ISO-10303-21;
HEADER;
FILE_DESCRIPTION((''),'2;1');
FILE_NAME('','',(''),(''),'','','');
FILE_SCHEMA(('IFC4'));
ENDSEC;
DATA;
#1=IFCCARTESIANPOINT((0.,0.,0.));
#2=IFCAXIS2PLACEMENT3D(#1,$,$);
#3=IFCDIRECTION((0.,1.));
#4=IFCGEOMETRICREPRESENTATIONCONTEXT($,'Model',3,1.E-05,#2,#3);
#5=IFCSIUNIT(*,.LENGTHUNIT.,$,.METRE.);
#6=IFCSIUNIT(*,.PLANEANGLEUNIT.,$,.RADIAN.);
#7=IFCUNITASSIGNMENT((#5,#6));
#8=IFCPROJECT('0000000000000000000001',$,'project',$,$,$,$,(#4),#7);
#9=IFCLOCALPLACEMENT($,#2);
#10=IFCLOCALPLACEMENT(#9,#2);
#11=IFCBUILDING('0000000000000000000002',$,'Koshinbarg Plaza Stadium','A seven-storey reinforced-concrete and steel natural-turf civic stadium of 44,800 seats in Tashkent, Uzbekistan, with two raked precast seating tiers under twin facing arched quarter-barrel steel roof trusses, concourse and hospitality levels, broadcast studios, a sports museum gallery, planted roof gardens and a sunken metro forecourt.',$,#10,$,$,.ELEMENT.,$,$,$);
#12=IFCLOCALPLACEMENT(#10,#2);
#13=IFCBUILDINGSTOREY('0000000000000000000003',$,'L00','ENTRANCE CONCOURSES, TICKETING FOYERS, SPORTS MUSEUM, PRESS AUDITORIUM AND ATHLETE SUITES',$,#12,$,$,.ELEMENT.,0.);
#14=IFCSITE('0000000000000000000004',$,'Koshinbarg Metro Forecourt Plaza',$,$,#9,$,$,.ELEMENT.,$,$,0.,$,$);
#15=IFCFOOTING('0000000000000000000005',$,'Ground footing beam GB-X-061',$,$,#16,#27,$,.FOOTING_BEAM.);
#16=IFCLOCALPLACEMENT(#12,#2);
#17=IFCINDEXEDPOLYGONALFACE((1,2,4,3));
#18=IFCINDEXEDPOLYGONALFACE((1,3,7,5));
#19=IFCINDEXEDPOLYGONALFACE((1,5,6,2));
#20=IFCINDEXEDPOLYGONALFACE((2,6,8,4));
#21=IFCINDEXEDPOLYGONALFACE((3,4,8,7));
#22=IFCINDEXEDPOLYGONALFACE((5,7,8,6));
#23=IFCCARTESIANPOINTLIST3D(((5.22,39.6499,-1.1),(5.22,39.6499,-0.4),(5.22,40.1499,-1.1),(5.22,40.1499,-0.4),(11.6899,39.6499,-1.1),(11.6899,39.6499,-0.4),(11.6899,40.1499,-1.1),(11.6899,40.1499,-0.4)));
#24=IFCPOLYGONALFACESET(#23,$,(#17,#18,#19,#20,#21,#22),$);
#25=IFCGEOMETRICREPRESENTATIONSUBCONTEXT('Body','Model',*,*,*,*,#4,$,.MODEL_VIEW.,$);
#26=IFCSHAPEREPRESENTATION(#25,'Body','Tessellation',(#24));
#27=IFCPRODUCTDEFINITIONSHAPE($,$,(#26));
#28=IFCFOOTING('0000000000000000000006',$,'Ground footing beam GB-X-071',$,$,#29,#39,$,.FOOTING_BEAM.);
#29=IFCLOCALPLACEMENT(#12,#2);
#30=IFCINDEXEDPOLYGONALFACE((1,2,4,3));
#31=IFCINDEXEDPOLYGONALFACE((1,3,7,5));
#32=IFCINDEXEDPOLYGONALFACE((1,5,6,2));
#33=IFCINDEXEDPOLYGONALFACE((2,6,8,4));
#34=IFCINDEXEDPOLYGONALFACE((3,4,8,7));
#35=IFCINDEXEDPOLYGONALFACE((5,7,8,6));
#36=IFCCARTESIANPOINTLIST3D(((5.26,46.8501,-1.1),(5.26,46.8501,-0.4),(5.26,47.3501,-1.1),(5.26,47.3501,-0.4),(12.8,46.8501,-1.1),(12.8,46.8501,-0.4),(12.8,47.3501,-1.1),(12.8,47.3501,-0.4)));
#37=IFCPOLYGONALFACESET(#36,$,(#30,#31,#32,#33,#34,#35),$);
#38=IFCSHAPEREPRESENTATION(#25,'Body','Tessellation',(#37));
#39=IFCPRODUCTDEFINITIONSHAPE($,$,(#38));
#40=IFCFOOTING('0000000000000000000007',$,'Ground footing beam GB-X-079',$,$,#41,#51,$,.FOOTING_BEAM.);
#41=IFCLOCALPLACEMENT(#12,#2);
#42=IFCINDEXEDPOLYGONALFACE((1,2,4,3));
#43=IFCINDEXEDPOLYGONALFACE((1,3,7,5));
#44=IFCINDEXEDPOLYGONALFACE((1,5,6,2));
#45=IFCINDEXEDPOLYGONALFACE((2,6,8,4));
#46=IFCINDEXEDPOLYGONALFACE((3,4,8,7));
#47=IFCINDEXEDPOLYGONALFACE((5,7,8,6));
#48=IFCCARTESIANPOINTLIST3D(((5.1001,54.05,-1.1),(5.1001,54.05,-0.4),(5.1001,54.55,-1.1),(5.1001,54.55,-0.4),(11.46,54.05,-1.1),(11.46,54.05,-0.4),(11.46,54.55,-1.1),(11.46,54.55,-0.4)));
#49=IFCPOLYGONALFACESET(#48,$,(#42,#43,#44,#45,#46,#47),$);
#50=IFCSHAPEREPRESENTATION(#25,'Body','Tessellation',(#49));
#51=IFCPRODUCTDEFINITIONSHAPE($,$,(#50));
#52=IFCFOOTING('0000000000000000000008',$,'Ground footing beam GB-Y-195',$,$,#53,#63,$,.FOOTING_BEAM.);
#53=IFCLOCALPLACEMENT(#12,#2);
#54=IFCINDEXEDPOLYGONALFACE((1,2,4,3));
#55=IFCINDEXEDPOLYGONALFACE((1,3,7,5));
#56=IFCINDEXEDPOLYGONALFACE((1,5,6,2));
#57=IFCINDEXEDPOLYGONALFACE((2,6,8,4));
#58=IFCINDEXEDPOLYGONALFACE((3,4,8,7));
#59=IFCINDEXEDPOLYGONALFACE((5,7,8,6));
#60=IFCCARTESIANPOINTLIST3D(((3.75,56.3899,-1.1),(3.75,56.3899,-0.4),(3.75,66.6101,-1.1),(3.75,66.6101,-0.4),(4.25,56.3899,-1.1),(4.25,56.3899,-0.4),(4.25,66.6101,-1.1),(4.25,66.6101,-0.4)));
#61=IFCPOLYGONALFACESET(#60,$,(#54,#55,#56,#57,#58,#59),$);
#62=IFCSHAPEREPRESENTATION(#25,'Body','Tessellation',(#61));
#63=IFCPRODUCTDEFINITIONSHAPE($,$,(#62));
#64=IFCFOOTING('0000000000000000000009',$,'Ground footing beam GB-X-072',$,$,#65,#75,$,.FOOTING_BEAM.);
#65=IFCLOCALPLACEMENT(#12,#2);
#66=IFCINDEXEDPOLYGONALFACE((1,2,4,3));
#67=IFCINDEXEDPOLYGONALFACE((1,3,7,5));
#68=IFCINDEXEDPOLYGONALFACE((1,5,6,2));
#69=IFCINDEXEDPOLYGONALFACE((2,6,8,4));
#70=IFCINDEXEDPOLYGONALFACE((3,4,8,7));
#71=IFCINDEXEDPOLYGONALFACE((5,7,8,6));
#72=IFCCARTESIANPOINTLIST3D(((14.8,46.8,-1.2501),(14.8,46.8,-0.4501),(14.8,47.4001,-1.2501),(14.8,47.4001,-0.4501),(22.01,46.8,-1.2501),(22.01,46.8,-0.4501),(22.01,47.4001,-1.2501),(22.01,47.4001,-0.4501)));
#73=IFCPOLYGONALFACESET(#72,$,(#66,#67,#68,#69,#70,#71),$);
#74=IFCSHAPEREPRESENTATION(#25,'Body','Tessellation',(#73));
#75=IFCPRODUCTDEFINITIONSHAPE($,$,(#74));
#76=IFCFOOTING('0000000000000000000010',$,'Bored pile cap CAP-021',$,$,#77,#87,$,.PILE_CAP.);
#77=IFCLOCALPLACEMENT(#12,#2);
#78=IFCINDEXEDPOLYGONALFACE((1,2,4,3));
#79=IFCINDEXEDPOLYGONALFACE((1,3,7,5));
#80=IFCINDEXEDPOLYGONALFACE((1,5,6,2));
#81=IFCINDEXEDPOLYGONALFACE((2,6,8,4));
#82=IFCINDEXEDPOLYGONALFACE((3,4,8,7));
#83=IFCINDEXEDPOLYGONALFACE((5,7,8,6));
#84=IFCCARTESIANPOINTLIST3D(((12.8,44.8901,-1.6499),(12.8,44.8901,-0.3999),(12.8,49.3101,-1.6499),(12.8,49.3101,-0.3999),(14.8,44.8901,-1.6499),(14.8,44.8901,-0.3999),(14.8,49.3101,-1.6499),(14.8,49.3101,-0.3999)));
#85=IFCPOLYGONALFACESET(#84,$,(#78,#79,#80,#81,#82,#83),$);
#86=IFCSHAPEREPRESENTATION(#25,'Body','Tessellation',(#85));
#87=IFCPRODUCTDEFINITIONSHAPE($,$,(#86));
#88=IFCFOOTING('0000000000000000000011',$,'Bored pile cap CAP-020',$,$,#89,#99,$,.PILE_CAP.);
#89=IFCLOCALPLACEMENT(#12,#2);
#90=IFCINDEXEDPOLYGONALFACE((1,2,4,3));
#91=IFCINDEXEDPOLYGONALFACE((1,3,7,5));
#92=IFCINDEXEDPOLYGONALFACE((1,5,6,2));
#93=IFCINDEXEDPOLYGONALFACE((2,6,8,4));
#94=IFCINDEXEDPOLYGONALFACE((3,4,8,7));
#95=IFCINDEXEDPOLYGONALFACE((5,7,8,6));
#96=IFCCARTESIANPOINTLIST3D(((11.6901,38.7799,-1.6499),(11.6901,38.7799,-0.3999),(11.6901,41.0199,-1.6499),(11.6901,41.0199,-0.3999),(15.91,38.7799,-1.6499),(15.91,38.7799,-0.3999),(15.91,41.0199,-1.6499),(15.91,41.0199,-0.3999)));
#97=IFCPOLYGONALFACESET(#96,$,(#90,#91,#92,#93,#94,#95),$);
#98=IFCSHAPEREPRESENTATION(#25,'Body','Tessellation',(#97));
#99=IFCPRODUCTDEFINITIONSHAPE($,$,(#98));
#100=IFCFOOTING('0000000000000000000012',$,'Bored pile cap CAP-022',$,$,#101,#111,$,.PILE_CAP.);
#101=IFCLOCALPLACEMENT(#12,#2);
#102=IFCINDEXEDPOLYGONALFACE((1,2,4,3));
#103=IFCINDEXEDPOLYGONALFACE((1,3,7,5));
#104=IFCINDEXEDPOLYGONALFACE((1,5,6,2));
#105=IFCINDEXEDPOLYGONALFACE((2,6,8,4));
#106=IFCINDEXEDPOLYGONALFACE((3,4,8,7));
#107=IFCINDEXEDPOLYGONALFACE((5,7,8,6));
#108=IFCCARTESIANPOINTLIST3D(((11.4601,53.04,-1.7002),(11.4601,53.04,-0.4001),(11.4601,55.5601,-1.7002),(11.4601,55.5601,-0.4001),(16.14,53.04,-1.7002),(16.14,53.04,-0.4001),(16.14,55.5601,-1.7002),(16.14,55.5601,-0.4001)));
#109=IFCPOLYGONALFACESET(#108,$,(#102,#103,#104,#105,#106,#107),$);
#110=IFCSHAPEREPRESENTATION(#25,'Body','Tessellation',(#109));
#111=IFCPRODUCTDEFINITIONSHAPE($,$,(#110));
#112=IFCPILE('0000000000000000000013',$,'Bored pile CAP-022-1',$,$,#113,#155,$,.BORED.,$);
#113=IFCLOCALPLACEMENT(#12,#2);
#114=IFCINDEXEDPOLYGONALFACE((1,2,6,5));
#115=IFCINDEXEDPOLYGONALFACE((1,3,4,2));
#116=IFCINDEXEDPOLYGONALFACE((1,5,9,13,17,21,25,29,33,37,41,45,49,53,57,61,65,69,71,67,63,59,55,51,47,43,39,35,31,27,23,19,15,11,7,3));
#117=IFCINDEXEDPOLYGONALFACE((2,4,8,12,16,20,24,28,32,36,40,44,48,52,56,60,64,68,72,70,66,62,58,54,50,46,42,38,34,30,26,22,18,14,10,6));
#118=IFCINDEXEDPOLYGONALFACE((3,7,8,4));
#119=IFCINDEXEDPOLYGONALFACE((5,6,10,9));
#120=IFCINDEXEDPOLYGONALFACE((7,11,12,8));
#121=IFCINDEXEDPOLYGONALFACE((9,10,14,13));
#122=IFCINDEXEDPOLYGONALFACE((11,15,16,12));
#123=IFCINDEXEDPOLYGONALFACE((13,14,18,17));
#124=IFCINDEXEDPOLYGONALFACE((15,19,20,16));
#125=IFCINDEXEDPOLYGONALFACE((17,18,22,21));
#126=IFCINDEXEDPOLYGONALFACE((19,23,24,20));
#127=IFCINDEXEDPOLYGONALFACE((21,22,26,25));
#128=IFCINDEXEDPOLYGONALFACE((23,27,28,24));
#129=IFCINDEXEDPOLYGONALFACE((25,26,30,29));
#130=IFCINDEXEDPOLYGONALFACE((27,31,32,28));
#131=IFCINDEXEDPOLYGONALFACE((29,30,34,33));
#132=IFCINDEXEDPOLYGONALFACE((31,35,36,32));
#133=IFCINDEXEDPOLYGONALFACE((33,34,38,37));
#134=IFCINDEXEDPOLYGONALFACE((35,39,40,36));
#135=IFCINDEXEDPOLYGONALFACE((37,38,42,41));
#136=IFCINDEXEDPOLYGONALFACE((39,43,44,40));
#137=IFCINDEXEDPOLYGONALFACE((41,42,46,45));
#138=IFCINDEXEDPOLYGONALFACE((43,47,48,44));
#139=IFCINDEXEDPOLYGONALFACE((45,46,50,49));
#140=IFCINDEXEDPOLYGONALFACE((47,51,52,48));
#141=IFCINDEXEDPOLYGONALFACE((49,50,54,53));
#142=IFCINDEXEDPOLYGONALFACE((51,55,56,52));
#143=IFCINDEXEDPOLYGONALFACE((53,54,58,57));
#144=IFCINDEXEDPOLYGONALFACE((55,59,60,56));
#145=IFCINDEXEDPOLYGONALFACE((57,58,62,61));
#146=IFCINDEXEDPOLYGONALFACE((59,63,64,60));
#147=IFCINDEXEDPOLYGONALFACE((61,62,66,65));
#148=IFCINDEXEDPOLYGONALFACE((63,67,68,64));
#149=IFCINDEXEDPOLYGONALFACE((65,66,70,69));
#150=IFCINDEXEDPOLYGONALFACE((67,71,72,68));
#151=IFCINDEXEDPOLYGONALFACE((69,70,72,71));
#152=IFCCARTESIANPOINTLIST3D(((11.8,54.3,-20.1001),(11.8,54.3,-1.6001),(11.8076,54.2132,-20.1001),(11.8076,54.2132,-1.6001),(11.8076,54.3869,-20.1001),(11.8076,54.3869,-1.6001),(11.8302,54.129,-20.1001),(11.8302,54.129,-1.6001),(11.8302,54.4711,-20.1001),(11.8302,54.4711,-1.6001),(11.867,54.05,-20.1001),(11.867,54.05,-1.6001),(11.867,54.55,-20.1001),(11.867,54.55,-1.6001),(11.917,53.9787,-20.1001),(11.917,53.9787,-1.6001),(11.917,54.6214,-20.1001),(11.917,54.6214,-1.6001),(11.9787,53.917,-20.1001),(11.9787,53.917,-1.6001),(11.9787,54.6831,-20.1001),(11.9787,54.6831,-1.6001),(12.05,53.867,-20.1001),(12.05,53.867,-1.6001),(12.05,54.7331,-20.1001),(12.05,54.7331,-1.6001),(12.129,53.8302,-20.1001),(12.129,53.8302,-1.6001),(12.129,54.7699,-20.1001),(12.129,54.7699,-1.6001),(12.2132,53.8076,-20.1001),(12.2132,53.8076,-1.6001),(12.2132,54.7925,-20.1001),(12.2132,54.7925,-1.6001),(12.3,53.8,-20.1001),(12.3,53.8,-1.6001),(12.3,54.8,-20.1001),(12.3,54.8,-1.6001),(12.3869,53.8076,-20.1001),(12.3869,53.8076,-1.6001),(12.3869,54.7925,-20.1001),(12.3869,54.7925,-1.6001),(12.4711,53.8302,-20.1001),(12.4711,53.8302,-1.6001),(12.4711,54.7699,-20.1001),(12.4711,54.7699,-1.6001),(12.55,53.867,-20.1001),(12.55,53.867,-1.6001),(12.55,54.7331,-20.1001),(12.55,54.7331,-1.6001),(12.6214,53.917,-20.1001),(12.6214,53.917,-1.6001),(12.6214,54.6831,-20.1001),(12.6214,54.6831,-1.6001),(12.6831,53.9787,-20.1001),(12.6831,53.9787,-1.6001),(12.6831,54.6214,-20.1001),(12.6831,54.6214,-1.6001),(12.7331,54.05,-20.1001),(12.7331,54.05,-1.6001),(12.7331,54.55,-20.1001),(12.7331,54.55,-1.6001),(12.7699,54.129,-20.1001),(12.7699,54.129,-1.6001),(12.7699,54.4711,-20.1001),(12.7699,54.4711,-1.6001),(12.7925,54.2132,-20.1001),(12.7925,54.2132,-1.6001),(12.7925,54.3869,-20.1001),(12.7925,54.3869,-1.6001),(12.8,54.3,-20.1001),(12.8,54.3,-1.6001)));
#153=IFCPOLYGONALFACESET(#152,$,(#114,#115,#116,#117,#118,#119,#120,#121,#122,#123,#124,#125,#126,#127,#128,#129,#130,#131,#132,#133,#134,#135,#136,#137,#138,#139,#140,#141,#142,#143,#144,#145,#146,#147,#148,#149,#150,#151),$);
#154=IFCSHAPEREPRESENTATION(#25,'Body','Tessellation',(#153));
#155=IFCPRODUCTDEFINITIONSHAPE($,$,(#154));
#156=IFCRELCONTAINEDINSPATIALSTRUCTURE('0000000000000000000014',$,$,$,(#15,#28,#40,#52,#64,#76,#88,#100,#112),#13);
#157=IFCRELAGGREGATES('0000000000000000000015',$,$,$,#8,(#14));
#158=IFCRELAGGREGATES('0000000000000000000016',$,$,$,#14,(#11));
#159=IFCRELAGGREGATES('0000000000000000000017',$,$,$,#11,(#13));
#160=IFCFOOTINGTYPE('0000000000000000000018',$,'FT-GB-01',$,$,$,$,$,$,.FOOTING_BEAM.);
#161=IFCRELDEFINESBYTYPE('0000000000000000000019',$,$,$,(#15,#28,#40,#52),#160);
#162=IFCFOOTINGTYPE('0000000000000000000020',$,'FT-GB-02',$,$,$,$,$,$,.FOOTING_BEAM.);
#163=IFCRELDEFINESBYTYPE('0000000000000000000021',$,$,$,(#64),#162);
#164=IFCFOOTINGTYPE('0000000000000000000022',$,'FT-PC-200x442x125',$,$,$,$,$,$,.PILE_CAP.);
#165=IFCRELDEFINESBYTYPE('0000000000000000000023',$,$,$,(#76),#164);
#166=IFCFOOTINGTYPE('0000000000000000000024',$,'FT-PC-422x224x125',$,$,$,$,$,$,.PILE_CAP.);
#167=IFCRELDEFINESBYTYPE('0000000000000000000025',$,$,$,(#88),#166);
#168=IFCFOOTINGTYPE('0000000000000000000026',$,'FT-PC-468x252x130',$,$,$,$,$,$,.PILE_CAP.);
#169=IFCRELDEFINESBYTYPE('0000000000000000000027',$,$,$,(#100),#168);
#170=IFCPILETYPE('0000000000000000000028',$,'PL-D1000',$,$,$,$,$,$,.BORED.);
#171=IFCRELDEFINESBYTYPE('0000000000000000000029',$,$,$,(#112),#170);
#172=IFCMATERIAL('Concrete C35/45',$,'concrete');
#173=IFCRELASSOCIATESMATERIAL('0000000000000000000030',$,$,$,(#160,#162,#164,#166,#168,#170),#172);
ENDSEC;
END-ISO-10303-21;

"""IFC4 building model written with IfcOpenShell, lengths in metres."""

from ifc_helpers import new_model, si_unit, direction, frame, origin, origin_2d, place, context, subcontext, project, spatial, rectangle, circle, extrude, material, material_profile, profile_set, type_object, element, save


model = new_model("IFC4")

# Units and contexts
model_context = context("Model", 3, precision=1e-05, world=origin(), true_north=direction((0.0, 1.0)))
body_context = subcontext(model_context, "Body", "Model", "MODEL_VIEW")
ifc_project = project(units=[si_unit("LENGTHUNIT", "METRE"), si_unit("PLANEANGLEUNIT", "RADIAN")], contexts=[model_context])

# Site, building, storey
site_placement = place(None, origin())
site = spatial("IfcSite", under=ifc_project, at=site_placement, Name="Koshinbarg Metro Forecourt Plaza", CompositionType="ELEMENT", RefElevation=0.0)
building_placement = place(site_placement, origin())
building = spatial("IfcBuilding", under=site, at=building_placement, Name="Koshinbarg Plaza Stadium", Description="A seven-storey reinforced-concrete and steel natural-turf civic stadium of 44,800 seats in Tashkent, Uzbekistan, with two raked precast seating tiers under twin facing arched quarter-barrel steel roof trusses, concourse and hospitality levels, broadcast studios, a sports museum gallery, planted roof gardens and a sunken metro forecourt.", CompositionType="ELEMENT")
storey_placement = place(building_placement, origin())
storey = spatial("IfcBuildingStorey", under=building, at=storey_placement, Name="L00", Description="ENTRANCE CONCOURSES, TICKETING FOYERS, SPORTS MUSEUM, PRESS AUDITORIUM AND ATHLETE SUITES", CompositionType="ELEMENT", Elevation=0.0)

# Footings
ifc_material_1 = material(Name="Concrete C35/45", Category="concrete")
ifc_material_profile_1 = material_profile(ifc_material_1, rectangle(XDim=0.5, YDim=0.7, at=origin_2d()), Name="GB 500x700")
ifc_profile_set_1 = profile_set([ifc_material_profile_1], Name="Concrete C35/45")
footing_type_1 = type_object("IfcFootingType", Name="FT-GB-01", PredefinedType="FOOTING_BEAM", material=ifc_profile_set_1)
footing_1_placement = place(storey_placement, frame((5.22, 39.8999, -0.75), z_axis=(1.0, 0.0, 0.0), x_axis=(0.0, 1.0, 0.0)))
element("IfcFooting", 1, at=footing_1_placement, inside=storey, type_object=footing_type_1, Name="Ground footing beam GB-X-061", PredefinedType="FOOTING_BEAM", context=body_context, shape_type="SweptSolid", body=[
    extrude(rectangle(XDim=0.5, YDim=0.7, at=origin_2d()), origin(), (0.0, 0.0, 1.0), 6.47),
])
footing_2_placement = place(storey_placement, frame((5.26, 47.1001, -0.75), z_axis=(1.0, 0.0, 0.0), x_axis=(0.0, 1.0, 0.0)))
element("IfcFooting", 2, at=footing_2_placement, inside=storey, type_object=footing_type_1, Name="Ground footing beam GB-X-071", PredefinedType="FOOTING_BEAM", context=body_context, shape_type="SweptSolid", body=[
    extrude(rectangle(XDim=0.5, YDim=0.7, at=origin_2d()), origin(), (0.0, 0.0, 1.0), 7.54),
])
footing_3_placement = place(storey_placement, frame((5.1001, 54.3, -0.75), z_axis=(1.0, 0.0, 0.0), x_axis=(0.0, 1.0, 0.0)))
element("IfcFooting", 3, at=footing_3_placement, inside=storey, type_object=footing_type_1, Name="Ground footing beam GB-X-079", PredefinedType="FOOTING_BEAM", context=body_context, shape_type="SweptSolid", body=[
    extrude(rectangle(XDim=0.5, YDim=0.7, at=origin_2d()), origin(), (0.0, 0.0, 1.0), 6.3599),
])
footing_4_placement = place(storey_placement, frame((4.0, 56.3899, -0.75), z_axis=(0.0, 1.0, 0.0), x_axis=(-1.0, 0.0, 0.0)))
element("IfcFooting", 4, at=footing_4_placement, inside=storey, type_object=footing_type_1, Name="Ground footing beam GB-Y-195", PredefinedType="FOOTING_BEAM", context=body_context, shape_type="SweptSolid", body=[
    extrude(rectangle(XDim=0.5, YDim=0.7, at=origin_2d()), origin(), (0.0, 0.0, 1.0), 10.2202),
])
ifc_material_profile_2 = material_profile(ifc_material_1, rectangle(XDim=0.6001, YDim=0.8, at=origin_2d()), Name="GB 600x800")
ifc_profile_set_2 = profile_set([ifc_material_profile_2], Name="Concrete C35/45")
footing_type_2 = type_object("IfcFootingType", Name="FT-GB-02", PredefinedType="FOOTING_BEAM", material=ifc_profile_set_2)
footing_5_placement = place(storey_placement, frame((14.8, 47.1001, -0.8501), z_axis=(1.0, 0.0, 0.0), x_axis=(0.0, 1.0, 0.0)))
element("IfcFooting", 5, at=footing_5_placement, inside=storey, type_object=footing_type_2, Name="Ground footing beam GB-X-072", PredefinedType="FOOTING_BEAM", context=body_context, shape_type="SweptSolid", body=[
    extrude(rectangle(XDim=0.6001, YDim=0.8, at=origin_2d()), origin(), (0.0, 0.0, 1.0), 7.21),
])
footing_type_3 = type_object("IfcFootingType", Name="FT-PC-200x442x125", PredefinedType="PILE_CAP", material=ifc_material_1)
footing_6_placement = place(storey_placement, frame((13.8, 47.1001, -1.6499), z_axis=(0.0, 0.0, 1.0), x_axis=(1.0, 0.0, 0.0)))
element("IfcFooting", 6, at=footing_6_placement, inside=storey, type_object=footing_type_3, Name="Bored pile cap CAP-021", PredefinedType="PILE_CAP", context=body_context, shape_type="SweptSolid", body=[
    extrude(rectangle(XDim=2.0, YDim=4.4199, at=origin_2d()), origin(), (0.0, 0.0, 1.0), 1.25),
])
footing_type_4 = type_object("IfcFootingType", Name="FT-PC-422x224x125", PredefinedType="PILE_CAP", material=ifc_material_1)
footing_7_placement = place(storey_placement, frame((13.8, 39.8999, -1.6499), z_axis=(0.0, 0.0, 1.0), x_axis=(1.0, 0.0, 0.0)))
element("IfcFooting", 7, at=footing_7_placement, inside=storey, type_object=footing_type_4, Name="Bored pile cap CAP-020", PredefinedType="PILE_CAP", context=body_context, shape_type="SweptSolid", body=[
    extrude(rectangle(XDim=4.22, YDim=2.24, at=origin_2d()), origin(), (0.0, 0.0, 1.0), 1.25),
])
footing_type_5 = type_object("IfcFootingType", Name="FT-PC-468x252x130", PredefinedType="PILE_CAP", material=ifc_material_1)
footing_8_placement = place(storey_placement, frame((13.8, 54.3, -1.7002), z_axis=(0.0, 0.0, 1.0), x_axis=(1.0, 0.0, 0.0)))
element("IfcFooting", 8, at=footing_8_placement, inside=storey, type_object=footing_type_5, Name="Bored pile cap CAP-022", PredefinedType="PILE_CAP", context=body_context, shape_type="SweptSolid", body=[
    extrude(rectangle(XDim=4.6799, YDim=2.52, at=origin_2d()), origin(), (0.0, 0.0, 1.0), 1.3),
])

# Pile
ifc_material_profile_3 = material_profile(ifc_material_1, circle(Radius=0.5, at=origin_2d()), Name="PILE D1000")
ifc_profile_set_3 = profile_set([ifc_material_profile_3], Name="Concrete C35/45")
pile_type_1 = type_object("IfcPileType", Name="PL-D1000", PredefinedType="BORED", material=ifc_profile_set_3)
pile_placement = place(storey_placement, frame((12.3, 54.3, -1.6001), z_axis=(0.0, 0.0, -1.0), x_axis=(1.0, 0.0, 0.0)))
element("IfcPile", 9, at=pile_placement, inside=storey, type_object=pile_type_1, Name="Bored pile CAP-022-1", PredefinedType="BORED", context=body_context, shape_type="SweptSolid", body=[
    extrude(circle(Radius=0.5, at=origin_2d()), origin(), (0.0, 0.0, 1.0), 18.5),
])

save(model, "model.ifc")
